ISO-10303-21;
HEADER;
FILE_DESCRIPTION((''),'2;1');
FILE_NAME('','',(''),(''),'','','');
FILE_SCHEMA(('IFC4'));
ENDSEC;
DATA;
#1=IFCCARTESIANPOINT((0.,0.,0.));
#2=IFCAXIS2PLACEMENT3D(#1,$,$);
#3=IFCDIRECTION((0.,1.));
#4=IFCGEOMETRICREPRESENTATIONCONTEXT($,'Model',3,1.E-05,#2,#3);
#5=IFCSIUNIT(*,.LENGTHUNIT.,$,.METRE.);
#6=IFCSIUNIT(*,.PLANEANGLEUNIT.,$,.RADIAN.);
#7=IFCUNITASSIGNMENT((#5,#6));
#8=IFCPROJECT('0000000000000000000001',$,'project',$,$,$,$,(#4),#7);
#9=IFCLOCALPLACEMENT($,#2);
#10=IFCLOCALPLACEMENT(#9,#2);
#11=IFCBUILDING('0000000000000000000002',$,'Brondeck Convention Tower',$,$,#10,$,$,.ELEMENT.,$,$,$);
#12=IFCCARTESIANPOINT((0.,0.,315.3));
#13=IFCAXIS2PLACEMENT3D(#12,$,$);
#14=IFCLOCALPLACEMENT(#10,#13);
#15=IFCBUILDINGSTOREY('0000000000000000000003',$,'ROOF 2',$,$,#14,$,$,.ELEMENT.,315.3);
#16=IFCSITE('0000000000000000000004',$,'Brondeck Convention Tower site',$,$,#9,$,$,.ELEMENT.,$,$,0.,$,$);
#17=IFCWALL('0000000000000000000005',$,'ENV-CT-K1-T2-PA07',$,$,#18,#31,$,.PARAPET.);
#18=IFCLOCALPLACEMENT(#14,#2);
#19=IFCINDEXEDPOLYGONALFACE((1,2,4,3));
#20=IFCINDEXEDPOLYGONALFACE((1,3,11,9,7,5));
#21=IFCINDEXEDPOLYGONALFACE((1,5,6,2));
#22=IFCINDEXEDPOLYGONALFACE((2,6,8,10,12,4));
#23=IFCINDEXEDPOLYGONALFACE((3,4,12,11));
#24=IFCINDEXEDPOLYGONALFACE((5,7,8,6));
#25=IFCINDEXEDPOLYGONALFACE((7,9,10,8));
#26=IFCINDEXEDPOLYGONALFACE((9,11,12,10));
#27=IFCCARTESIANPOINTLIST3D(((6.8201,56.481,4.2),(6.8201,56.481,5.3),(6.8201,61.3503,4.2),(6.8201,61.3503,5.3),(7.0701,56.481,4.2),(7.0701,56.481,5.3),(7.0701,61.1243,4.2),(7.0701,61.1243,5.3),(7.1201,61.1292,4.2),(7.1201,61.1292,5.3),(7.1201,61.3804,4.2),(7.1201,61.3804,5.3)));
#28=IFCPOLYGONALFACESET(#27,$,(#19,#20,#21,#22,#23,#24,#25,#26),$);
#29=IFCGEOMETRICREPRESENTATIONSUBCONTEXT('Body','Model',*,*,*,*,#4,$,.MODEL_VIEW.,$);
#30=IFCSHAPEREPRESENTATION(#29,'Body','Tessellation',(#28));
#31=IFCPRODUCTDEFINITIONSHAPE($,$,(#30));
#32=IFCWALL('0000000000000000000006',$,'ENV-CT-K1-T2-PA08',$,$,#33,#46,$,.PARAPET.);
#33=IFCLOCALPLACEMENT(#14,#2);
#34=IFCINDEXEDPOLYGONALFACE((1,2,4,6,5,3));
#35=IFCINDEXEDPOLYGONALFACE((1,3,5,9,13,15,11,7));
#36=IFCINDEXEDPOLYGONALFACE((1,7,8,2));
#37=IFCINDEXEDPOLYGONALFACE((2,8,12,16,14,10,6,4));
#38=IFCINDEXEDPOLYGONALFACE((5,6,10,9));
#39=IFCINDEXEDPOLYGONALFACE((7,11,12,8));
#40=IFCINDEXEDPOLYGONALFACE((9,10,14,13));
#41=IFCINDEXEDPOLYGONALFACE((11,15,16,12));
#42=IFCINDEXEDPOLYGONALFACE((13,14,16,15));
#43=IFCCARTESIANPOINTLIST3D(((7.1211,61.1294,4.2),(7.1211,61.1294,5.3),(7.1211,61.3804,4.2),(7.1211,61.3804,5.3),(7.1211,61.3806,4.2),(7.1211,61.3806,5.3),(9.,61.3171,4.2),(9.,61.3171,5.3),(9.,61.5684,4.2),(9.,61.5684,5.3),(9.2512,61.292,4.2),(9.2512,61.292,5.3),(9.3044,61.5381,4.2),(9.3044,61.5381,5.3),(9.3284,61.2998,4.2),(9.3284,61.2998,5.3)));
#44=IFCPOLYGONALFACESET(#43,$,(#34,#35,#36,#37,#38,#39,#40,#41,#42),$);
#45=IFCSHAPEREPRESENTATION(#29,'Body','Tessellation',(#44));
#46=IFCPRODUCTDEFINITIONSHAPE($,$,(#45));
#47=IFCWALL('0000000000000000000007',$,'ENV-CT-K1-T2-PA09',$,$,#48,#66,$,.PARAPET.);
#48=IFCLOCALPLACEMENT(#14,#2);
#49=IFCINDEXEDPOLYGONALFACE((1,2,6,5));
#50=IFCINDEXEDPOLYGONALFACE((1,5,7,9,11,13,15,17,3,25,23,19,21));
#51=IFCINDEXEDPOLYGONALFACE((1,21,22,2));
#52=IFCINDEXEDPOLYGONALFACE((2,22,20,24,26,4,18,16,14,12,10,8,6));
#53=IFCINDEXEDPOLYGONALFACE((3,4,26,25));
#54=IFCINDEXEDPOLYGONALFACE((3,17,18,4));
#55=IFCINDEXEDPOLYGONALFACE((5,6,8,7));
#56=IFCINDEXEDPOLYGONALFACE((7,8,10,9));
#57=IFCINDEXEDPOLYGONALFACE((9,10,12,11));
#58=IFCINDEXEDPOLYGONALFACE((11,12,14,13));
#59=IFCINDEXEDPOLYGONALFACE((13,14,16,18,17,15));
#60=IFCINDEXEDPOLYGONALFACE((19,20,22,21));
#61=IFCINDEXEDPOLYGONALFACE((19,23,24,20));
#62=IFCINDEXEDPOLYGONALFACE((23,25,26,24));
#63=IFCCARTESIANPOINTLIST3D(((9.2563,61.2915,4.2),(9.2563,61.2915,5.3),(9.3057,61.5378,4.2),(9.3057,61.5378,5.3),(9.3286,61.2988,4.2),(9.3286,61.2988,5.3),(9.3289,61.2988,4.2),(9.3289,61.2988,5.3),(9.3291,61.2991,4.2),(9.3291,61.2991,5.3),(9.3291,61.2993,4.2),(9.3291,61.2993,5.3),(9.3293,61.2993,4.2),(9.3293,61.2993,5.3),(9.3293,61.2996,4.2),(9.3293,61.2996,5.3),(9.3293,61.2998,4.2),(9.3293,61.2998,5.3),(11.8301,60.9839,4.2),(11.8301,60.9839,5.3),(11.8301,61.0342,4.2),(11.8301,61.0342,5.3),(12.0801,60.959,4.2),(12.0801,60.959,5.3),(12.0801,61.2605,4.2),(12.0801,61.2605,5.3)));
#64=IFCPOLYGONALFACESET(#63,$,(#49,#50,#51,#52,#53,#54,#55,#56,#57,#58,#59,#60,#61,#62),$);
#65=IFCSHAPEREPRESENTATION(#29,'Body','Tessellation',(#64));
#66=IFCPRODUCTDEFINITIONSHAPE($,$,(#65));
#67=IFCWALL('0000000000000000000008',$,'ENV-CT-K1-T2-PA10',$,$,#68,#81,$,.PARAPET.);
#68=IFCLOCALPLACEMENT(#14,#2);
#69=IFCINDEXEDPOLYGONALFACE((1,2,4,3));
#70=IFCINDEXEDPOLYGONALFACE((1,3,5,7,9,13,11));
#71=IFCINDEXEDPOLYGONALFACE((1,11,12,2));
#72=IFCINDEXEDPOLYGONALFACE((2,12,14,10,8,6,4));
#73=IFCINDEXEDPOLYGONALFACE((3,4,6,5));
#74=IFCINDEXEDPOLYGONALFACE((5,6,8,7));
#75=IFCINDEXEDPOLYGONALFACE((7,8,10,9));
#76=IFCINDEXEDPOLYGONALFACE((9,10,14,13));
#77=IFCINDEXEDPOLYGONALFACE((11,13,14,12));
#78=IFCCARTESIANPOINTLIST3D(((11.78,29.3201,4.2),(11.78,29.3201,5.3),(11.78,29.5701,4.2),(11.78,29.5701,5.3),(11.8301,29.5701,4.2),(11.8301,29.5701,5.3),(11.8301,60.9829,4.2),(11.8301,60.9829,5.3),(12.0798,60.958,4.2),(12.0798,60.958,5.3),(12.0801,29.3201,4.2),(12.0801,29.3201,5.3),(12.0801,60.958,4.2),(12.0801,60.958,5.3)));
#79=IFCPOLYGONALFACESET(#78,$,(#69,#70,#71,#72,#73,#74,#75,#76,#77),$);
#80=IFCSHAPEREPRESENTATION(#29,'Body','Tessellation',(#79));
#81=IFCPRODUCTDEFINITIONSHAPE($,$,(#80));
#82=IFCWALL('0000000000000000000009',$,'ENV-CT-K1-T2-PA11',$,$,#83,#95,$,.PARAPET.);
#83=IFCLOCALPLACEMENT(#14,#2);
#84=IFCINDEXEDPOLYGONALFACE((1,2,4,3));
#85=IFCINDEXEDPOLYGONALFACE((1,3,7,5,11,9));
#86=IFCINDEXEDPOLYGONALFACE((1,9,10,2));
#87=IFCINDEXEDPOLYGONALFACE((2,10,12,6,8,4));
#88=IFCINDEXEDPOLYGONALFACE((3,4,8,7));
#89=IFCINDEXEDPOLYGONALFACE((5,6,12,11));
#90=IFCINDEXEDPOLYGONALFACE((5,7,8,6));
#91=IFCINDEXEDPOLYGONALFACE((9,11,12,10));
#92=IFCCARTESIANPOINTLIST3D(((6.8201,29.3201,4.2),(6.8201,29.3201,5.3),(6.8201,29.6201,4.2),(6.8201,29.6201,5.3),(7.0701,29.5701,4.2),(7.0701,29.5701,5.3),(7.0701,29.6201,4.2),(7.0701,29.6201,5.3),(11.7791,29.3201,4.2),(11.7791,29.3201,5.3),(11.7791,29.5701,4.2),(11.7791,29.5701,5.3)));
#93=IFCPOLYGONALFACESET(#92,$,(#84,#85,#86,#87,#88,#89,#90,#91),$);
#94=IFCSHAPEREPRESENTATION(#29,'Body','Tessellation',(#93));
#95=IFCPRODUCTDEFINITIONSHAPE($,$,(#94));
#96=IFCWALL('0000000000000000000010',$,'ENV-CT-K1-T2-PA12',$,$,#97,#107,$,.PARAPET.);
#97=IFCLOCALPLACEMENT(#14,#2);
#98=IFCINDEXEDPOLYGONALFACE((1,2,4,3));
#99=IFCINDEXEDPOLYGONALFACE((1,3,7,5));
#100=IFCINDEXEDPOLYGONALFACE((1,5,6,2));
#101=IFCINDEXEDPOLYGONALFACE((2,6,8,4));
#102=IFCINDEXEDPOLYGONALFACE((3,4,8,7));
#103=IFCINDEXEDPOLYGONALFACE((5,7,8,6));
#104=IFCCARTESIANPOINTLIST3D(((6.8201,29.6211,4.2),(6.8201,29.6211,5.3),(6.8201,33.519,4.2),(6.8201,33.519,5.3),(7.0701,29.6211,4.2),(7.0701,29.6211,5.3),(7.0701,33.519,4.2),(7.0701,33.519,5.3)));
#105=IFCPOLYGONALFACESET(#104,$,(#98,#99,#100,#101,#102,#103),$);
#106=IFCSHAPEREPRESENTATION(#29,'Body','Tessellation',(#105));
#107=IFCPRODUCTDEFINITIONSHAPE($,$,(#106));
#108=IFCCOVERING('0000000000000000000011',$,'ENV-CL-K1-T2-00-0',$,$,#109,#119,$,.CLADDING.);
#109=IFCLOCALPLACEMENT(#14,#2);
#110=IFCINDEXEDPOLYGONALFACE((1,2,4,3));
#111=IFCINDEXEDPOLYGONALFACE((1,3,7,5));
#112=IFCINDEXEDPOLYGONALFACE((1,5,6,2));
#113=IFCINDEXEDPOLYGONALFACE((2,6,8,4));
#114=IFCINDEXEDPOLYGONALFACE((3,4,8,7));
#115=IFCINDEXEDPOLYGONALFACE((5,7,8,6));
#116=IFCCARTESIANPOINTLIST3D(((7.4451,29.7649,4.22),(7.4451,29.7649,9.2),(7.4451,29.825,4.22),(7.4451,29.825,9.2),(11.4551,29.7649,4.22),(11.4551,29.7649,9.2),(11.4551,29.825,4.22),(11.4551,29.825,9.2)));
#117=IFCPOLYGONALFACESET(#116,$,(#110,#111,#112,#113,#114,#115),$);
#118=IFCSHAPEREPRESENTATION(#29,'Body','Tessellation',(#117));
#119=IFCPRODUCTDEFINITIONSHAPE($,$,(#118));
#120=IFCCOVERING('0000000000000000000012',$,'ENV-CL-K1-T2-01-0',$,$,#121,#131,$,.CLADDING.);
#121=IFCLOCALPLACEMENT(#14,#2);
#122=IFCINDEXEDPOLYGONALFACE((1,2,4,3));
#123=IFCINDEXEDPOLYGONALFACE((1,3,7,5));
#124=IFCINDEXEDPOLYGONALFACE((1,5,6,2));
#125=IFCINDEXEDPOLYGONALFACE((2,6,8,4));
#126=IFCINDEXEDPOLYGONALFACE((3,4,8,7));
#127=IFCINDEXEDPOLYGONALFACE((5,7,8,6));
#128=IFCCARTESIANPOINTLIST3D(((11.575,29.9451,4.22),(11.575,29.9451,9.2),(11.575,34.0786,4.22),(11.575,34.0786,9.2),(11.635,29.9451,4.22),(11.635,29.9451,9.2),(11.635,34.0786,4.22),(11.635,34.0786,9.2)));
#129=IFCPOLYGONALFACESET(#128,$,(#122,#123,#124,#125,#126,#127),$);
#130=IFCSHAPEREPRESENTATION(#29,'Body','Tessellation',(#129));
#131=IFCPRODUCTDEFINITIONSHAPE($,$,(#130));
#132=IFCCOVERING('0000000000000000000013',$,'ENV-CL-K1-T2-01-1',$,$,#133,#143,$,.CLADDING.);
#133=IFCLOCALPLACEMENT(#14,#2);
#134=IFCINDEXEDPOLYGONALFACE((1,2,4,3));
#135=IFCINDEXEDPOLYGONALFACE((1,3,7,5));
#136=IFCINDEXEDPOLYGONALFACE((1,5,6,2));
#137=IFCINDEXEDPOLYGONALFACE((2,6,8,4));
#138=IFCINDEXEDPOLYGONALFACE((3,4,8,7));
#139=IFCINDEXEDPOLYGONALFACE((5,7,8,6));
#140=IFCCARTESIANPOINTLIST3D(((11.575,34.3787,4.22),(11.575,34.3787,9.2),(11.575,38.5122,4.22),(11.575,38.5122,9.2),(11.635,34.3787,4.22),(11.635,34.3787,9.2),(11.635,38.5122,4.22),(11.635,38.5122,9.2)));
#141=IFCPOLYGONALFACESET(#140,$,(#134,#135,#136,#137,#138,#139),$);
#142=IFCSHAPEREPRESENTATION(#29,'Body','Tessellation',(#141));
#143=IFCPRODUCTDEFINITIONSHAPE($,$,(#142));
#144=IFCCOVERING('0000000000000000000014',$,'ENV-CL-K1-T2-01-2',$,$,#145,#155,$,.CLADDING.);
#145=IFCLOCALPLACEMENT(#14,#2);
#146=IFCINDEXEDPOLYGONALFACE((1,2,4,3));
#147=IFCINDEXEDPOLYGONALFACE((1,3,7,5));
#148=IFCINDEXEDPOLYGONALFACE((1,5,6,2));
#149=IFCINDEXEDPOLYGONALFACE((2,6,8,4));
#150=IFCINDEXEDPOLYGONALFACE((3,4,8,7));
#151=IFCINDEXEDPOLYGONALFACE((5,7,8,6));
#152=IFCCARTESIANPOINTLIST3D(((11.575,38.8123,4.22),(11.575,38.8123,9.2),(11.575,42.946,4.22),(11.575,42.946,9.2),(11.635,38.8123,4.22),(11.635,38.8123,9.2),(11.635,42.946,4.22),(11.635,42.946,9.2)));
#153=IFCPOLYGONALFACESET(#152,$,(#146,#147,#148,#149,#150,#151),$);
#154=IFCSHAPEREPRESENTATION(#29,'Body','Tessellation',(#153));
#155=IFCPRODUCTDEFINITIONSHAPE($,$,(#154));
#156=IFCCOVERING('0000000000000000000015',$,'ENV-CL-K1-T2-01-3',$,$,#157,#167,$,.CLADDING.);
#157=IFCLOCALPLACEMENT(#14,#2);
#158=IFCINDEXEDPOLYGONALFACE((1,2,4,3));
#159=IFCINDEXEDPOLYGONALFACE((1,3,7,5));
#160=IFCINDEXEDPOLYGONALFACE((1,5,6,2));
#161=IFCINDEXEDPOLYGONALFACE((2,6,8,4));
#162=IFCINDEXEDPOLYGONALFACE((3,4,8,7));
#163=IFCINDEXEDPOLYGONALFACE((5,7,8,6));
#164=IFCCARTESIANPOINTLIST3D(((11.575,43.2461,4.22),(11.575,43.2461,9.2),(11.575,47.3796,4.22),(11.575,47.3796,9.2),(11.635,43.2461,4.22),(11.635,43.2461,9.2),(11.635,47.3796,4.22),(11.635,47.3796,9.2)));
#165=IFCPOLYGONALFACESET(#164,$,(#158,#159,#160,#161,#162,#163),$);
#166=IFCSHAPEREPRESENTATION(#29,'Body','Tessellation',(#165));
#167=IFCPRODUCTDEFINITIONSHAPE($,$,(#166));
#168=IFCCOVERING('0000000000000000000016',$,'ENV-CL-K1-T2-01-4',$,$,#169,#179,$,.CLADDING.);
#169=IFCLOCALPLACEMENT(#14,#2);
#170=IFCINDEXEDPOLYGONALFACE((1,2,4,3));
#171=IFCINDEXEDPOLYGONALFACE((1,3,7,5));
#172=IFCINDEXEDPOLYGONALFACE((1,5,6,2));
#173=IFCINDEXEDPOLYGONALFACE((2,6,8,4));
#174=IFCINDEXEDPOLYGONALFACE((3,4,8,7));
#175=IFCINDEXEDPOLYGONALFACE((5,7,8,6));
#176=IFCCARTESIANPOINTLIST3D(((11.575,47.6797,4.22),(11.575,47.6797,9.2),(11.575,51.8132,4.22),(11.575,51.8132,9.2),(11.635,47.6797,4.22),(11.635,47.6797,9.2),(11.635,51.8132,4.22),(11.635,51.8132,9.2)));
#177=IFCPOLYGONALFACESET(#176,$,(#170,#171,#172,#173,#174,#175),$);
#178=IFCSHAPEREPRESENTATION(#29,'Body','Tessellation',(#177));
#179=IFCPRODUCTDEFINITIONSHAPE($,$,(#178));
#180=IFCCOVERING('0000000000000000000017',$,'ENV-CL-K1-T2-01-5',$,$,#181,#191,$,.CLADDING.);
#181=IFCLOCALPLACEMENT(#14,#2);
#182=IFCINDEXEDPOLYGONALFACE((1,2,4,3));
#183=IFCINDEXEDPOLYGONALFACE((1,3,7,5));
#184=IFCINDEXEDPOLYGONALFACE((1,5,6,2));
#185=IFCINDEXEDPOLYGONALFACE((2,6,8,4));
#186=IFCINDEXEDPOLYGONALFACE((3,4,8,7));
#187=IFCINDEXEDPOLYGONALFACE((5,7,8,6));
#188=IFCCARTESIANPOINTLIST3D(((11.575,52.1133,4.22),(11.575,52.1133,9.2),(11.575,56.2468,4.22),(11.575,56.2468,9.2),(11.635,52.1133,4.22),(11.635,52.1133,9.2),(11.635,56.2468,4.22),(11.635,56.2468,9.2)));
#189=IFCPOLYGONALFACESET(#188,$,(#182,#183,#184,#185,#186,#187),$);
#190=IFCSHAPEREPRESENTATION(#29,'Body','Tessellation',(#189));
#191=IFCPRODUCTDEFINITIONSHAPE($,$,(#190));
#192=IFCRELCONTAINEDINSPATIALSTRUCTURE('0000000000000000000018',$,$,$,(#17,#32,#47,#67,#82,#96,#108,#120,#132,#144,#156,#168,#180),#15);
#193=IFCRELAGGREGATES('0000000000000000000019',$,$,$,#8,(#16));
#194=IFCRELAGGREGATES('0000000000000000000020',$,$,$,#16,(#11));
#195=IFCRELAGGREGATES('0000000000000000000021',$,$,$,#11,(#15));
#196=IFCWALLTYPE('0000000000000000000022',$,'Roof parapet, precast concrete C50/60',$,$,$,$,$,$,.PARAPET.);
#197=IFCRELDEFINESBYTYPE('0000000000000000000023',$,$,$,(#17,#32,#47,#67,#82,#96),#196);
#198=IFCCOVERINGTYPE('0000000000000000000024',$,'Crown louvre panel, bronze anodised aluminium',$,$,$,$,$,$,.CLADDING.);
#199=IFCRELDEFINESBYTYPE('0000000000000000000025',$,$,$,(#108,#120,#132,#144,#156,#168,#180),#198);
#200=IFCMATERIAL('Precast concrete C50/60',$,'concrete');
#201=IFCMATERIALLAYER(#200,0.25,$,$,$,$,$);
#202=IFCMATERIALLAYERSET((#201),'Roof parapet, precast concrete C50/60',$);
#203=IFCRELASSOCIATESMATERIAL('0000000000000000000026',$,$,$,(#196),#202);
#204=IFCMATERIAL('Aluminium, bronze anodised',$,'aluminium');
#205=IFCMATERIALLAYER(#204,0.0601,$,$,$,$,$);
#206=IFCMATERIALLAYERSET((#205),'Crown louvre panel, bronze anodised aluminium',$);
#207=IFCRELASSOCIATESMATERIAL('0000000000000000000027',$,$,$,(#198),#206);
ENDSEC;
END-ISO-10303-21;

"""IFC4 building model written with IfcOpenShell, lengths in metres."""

from ifc_helpers import new_model, si_unit, direction, frame, origin, place, context, subcontext, project, spatial, polyline, outline, extrude, material, layer, layer_set, type_object, element, save


model = new_model("IFC4")

# Units and contexts
model_context = context("Model", 3, precision=1e-05, world=origin(), true_north=direction((0.0, 1.0)))
body_context = subcontext(model_context, "Body", "Model", "MODEL_VIEW")
ifc_project = project(units=[si_unit("LENGTHUNIT", "METRE"), si_unit("PLANEANGLEUNIT", "RADIAN")], contexts=[model_context])

# Site, building, storey
site_placement = place(None, origin())
site = spatial("IfcSite", under=ifc_project, at=site_placement, Name="Brondeck Convention Tower site", CompositionType="ELEMENT", RefElevation=0.0)
building_placement = place(site_placement, origin())
building = spatial("IfcBuilding", under=site, at=building_placement, Name="Brondeck Convention Tower", CompositionType="ELEMENT")
storey_placement = place(building_placement, frame((0.0, 0.0, 315.3)))
storey = spatial("IfcBuildingStorey", under=building, at=storey_placement, Name="ROOF 2", CompositionType="ELEMENT", Elevation=315.3)

# Shared definitions
ifc_material_1 = material(Name="Precast concrete C50/60", Category="concrete")

# Walls
ifc_layer_1 = layer(ifc_material_1, 0.25)
ifc_layer_set_1 = layer_set([ifc_layer_1], Name="Roof parapet, precast concrete C50/60")
wall_type = type_object("IfcWallType", Name="Roof parapet, precast concrete C50/60", PredefinedType="PARAPET", material=ifc_layer_set_1)
wall_1_placement = place(storey_placement, frame((0.0, 0.0, 4.2)))
element("IfcWall", 1, at=wall_1_placement, inside=storey, type_object=wall_type, Name="ENV-CT-K1-T2-PA07", PredefinedType="PARAPET", context=body_context, shape_type="SweptSolid", body=[
    extrude(outline(polyline([(7.0701, 61.1243), (7.1201, 61.1292), (7.1201, 61.3804), (6.8201, 61.3503), (6.8201, 56.481), (7.0701, 56.481), (7.0701, 61.1243)])), origin(), (0.0, 0.0, 1.0), 1.1001),
])
wall_2_placement = place(storey_placement, frame((0.0, 0.0, 4.2)))
element("IfcWall", 2, at=wall_2_placement, inside=storey, type_object=wall_type, Name="ENV-CT-K1-T2-PA08", PredefinedType="PARAPET", context=body_context, shape_type="SweptSolid", body=[
    extrude(outline(polyline([(9.2512, 61.292), (9.3284, 61.2998), (9.3044, 61.5381), (9.0, 61.5684), (7.1211, 61.3806), (7.1211, 61.3806), (7.1211, 61.3804), (7.1211, 61.1294), (9.0, 61.3171), (9.2512, 61.292)])), origin(), (0.0, 0.0, 1.0), 1.1001),
])
wall_3_placement = place(storey_placement, frame((0.0, 0.0, 4.2)))
element("IfcWall", 3, at=wall_3_placement, inside=storey, type_object=wall_type, Name="ENV-CT-K1-T2-PA09", PredefinedType="PARAPET", context=body_context, shape_type="SweptSolid", body=[
    extrude(outline(polyline([(11.8301, 61.0342), (11.8301, 60.9839), (12.0801, 60.959), (12.0801, 61.2605), (9.3057, 61.5378), (9.3293, 61.2998), (9.3293, 61.2998), (9.3293, 61.2998), (9.3293, 61.2996), (9.3293, 61.2996), (9.3293, 61.2993), (9.3291, 61.2993), (9.3291, 61.2993), (9.3291, 61.2991), (9.3291, 61.2991), (9.3291, 61.2991), (9.3289, 61.2988), (9.3289, 61.2988), (9.3286, 61.2988), (9.3286, 61.2988), (9.3286, 61.2988), (9.3286, 61.2988), (9.2563, 61.2915), (11.8301, 61.0342)])), origin(), (0.0, 0.0, 1.0), 1.1001),
])
wall_4_placement = place(storey_placement, frame((0.0, 0.0, 4.2)))
element("IfcWall", 4, at=wall_4_placement, inside=storey, type_object=wall_type, Name="ENV-CT-K1-T2-PA10", PredefinedType="PARAPET", context=body_context, shape_type="SweptSolid", body=[
    extrude(outline(polyline([(11.8301, 29.5701), (11.78, 29.5701), (11.78, 29.3201), (12.0801, 29.3201), (12.0801, 60.958), (12.0801, 60.958), (12.0798, 60.958), (11.8301, 60.9829), (11.8301, 29.5701)])), origin(), (0.0, 0.0, 1.0), 1.1001),
])
wall_5_placement = place(storey_placement, frame((0.0, 0.0, 4.2)))
element("IfcWall", 5, at=wall_5_placement, inside=storey, type_object=wall_type, Name="ENV-CT-K1-T2-PA11", PredefinedType="PARAPET", context=body_context, shape_type="SweptSolid", body=[
    extrude(outline(polyline([(7.0701, 29.5701), (7.0701, 29.6201), (6.8201, 29.6201), (6.8201, 29.3201), (11.7791, 29.3201), (11.7791, 29.3201), (11.7791, 29.5701), (7.0701, 29.5701)])), origin(), (0.0, 0.0, 1.0), 1.1001),
])
wall_6_placement = place(storey_placement, frame((0.0, 0.0, 4.2)))
element("IfcWall", 6, at=wall_6_placement, inside=storey, type_object=wall_type, Name="ENV-CT-K1-T2-PA12", PredefinedType="PARAPET", context=body_context, shape_type="SweptSolid", body=[
    extrude(outline(polyline([(7.0701, 29.6211), (7.0701, 33.519), (6.8201, 33.519), (6.8201, 29.6211), (7.0701, 29.6211)])), origin(), (0.0, 0.0, 1.0), 1.1001),
])

# Coverings
ifc_material_2 = material(Name="Aluminium, bronze anodised", Category="aluminium")
ifc_layer_2 = layer(ifc_material_2, 0.0601)
ifc_layer_set_2 = layer_set([ifc_layer_2], Name="Crown louvre panel, bronze anodised aluminium")
covering_type = type_object("IfcCoveringType", Name="Crown louvre panel, bronze anodised aluminium", PredefinedType="CLADDING", material=ifc_layer_set_2)
covering_1_placement = place(storey_placement, frame((0.0, 0.0, 4.22)))
element("IfcCovering", 7, at=covering_1_placement, inside=storey, type_object=covering_type, Name="ENV-CL-K1-T2-00-0", PredefinedType="CLADDING", context=body_context, shape_type="SweptSolid", body=[
    extrude(outline(polyline([(11.4551, 29.825), (7.4451, 29.825), (7.4451, 29.7649), (11.4551, 29.7649), (11.4551, 29.825)])), origin(), (0.0, 0.0, 1.0), 4.98),
])
covering_2_placement = place(storey_placement, frame((0.0, 0.0, 4.22)))
element("IfcCovering", 8, at=covering_2_placement, inside=storey, type_object=covering_type, Name="ENV-CL-K1-T2-01-0", PredefinedType="CLADDING", context=body_context, shape_type="SweptSolid", body=[
    extrude(outline(polyline([(11.575, 34.0786), (11.575, 29.9451), (11.635, 29.9451), (11.635, 34.0786), (11.575, 34.0786)])), origin(), (0.0, 0.0, 1.0), 4.98),
])
covering_3_placement = place(storey_placement, frame((0.0, 0.0, 4.22)))
element("IfcCovering", 9, at=covering_3_placement, inside=storey, type_object=covering_type, Name="ENV-CL-K1-T2-01-1", PredefinedType="CLADDING", context=body_context, shape_type="SweptSolid", body=[
    extrude(outline(polyline([(11.575, 38.5122), (11.575, 34.3787), (11.635, 34.3787), (11.635, 38.5122), (11.575, 38.5122)])), origin(), (0.0, 0.0, 1.0), 4.98),
])
covering_4_placement = place(storey_placement, frame((0.0, 0.0, 4.22)))
element("IfcCovering", 10, at=covering_4_placement, inside=storey, type_object=covering_type, Name="ENV-CL-K1-T2-01-2", PredefinedType="CLADDING", context=body_context, shape_type="SweptSolid", body=[
    extrude(outline(polyline([(11.575, 42.946), (11.575, 38.8123), (11.635, 38.8123), (11.635, 42.946), (11.575, 42.946)])), origin(), (0.0, 0.0, 1.0), 4.98),
])
covering_5_placement = place(storey_placement, frame((0.0, 0.0, 4.22)))
element("IfcCovering", 11, at=covering_5_placement, inside=storey, type_object=covering_type, Name="ENV-CL-K1-T2-01-3", PredefinedType="CLADDING", context=body_context, shape_type="SweptSolid", body=[
    extrude(outline(polyline([(11.575, 47.3796), (11.575, 43.2461), (11.635, 43.2461), (11.635, 47.3796), (11.575, 47.3796)])), origin(), (0.0, 0.0, 1.0), 4.98),
])
covering_6_placement = place(storey_placement, frame((0.0, 0.0, 4.22)))
element("IfcCovering", 12, at=covering_6_placement, inside=storey, type_object=covering_type, Name="ENV-CL-K1-T2-01-4", PredefinedType="CLADDING", context=body_context, shape_type="SweptSolid", body=[
    extrude(outline(polyline([(11.575, 51.8132), (11.575, 47.6797), (11.635, 47.6797), (11.635, 51.8132), (11.575, 51.8132)])), origin(), (0.0, 0.0, 1.0), 4.98),
])
covering_7_placement = place(storey_placement, frame((0.0, 0.0, 4.22)))
element("IfcCovering", 13, at=covering_7_placement, inside=storey, type_object=covering_type, Name="ENV-CL-K1-T2-01-5", PredefinedType="CLADDING", context=body_context, shape_type="SweptSolid", body=[
    extrude(outline(polyline([(11.575, 56.2468), (11.575, 52.1133), (11.635, 52.1133), (11.635, 56.2468), (11.575, 56.2468)])), origin(), (0.0, 0.0, 1.0), 4.98),
])

save(model, "model.ifc")
